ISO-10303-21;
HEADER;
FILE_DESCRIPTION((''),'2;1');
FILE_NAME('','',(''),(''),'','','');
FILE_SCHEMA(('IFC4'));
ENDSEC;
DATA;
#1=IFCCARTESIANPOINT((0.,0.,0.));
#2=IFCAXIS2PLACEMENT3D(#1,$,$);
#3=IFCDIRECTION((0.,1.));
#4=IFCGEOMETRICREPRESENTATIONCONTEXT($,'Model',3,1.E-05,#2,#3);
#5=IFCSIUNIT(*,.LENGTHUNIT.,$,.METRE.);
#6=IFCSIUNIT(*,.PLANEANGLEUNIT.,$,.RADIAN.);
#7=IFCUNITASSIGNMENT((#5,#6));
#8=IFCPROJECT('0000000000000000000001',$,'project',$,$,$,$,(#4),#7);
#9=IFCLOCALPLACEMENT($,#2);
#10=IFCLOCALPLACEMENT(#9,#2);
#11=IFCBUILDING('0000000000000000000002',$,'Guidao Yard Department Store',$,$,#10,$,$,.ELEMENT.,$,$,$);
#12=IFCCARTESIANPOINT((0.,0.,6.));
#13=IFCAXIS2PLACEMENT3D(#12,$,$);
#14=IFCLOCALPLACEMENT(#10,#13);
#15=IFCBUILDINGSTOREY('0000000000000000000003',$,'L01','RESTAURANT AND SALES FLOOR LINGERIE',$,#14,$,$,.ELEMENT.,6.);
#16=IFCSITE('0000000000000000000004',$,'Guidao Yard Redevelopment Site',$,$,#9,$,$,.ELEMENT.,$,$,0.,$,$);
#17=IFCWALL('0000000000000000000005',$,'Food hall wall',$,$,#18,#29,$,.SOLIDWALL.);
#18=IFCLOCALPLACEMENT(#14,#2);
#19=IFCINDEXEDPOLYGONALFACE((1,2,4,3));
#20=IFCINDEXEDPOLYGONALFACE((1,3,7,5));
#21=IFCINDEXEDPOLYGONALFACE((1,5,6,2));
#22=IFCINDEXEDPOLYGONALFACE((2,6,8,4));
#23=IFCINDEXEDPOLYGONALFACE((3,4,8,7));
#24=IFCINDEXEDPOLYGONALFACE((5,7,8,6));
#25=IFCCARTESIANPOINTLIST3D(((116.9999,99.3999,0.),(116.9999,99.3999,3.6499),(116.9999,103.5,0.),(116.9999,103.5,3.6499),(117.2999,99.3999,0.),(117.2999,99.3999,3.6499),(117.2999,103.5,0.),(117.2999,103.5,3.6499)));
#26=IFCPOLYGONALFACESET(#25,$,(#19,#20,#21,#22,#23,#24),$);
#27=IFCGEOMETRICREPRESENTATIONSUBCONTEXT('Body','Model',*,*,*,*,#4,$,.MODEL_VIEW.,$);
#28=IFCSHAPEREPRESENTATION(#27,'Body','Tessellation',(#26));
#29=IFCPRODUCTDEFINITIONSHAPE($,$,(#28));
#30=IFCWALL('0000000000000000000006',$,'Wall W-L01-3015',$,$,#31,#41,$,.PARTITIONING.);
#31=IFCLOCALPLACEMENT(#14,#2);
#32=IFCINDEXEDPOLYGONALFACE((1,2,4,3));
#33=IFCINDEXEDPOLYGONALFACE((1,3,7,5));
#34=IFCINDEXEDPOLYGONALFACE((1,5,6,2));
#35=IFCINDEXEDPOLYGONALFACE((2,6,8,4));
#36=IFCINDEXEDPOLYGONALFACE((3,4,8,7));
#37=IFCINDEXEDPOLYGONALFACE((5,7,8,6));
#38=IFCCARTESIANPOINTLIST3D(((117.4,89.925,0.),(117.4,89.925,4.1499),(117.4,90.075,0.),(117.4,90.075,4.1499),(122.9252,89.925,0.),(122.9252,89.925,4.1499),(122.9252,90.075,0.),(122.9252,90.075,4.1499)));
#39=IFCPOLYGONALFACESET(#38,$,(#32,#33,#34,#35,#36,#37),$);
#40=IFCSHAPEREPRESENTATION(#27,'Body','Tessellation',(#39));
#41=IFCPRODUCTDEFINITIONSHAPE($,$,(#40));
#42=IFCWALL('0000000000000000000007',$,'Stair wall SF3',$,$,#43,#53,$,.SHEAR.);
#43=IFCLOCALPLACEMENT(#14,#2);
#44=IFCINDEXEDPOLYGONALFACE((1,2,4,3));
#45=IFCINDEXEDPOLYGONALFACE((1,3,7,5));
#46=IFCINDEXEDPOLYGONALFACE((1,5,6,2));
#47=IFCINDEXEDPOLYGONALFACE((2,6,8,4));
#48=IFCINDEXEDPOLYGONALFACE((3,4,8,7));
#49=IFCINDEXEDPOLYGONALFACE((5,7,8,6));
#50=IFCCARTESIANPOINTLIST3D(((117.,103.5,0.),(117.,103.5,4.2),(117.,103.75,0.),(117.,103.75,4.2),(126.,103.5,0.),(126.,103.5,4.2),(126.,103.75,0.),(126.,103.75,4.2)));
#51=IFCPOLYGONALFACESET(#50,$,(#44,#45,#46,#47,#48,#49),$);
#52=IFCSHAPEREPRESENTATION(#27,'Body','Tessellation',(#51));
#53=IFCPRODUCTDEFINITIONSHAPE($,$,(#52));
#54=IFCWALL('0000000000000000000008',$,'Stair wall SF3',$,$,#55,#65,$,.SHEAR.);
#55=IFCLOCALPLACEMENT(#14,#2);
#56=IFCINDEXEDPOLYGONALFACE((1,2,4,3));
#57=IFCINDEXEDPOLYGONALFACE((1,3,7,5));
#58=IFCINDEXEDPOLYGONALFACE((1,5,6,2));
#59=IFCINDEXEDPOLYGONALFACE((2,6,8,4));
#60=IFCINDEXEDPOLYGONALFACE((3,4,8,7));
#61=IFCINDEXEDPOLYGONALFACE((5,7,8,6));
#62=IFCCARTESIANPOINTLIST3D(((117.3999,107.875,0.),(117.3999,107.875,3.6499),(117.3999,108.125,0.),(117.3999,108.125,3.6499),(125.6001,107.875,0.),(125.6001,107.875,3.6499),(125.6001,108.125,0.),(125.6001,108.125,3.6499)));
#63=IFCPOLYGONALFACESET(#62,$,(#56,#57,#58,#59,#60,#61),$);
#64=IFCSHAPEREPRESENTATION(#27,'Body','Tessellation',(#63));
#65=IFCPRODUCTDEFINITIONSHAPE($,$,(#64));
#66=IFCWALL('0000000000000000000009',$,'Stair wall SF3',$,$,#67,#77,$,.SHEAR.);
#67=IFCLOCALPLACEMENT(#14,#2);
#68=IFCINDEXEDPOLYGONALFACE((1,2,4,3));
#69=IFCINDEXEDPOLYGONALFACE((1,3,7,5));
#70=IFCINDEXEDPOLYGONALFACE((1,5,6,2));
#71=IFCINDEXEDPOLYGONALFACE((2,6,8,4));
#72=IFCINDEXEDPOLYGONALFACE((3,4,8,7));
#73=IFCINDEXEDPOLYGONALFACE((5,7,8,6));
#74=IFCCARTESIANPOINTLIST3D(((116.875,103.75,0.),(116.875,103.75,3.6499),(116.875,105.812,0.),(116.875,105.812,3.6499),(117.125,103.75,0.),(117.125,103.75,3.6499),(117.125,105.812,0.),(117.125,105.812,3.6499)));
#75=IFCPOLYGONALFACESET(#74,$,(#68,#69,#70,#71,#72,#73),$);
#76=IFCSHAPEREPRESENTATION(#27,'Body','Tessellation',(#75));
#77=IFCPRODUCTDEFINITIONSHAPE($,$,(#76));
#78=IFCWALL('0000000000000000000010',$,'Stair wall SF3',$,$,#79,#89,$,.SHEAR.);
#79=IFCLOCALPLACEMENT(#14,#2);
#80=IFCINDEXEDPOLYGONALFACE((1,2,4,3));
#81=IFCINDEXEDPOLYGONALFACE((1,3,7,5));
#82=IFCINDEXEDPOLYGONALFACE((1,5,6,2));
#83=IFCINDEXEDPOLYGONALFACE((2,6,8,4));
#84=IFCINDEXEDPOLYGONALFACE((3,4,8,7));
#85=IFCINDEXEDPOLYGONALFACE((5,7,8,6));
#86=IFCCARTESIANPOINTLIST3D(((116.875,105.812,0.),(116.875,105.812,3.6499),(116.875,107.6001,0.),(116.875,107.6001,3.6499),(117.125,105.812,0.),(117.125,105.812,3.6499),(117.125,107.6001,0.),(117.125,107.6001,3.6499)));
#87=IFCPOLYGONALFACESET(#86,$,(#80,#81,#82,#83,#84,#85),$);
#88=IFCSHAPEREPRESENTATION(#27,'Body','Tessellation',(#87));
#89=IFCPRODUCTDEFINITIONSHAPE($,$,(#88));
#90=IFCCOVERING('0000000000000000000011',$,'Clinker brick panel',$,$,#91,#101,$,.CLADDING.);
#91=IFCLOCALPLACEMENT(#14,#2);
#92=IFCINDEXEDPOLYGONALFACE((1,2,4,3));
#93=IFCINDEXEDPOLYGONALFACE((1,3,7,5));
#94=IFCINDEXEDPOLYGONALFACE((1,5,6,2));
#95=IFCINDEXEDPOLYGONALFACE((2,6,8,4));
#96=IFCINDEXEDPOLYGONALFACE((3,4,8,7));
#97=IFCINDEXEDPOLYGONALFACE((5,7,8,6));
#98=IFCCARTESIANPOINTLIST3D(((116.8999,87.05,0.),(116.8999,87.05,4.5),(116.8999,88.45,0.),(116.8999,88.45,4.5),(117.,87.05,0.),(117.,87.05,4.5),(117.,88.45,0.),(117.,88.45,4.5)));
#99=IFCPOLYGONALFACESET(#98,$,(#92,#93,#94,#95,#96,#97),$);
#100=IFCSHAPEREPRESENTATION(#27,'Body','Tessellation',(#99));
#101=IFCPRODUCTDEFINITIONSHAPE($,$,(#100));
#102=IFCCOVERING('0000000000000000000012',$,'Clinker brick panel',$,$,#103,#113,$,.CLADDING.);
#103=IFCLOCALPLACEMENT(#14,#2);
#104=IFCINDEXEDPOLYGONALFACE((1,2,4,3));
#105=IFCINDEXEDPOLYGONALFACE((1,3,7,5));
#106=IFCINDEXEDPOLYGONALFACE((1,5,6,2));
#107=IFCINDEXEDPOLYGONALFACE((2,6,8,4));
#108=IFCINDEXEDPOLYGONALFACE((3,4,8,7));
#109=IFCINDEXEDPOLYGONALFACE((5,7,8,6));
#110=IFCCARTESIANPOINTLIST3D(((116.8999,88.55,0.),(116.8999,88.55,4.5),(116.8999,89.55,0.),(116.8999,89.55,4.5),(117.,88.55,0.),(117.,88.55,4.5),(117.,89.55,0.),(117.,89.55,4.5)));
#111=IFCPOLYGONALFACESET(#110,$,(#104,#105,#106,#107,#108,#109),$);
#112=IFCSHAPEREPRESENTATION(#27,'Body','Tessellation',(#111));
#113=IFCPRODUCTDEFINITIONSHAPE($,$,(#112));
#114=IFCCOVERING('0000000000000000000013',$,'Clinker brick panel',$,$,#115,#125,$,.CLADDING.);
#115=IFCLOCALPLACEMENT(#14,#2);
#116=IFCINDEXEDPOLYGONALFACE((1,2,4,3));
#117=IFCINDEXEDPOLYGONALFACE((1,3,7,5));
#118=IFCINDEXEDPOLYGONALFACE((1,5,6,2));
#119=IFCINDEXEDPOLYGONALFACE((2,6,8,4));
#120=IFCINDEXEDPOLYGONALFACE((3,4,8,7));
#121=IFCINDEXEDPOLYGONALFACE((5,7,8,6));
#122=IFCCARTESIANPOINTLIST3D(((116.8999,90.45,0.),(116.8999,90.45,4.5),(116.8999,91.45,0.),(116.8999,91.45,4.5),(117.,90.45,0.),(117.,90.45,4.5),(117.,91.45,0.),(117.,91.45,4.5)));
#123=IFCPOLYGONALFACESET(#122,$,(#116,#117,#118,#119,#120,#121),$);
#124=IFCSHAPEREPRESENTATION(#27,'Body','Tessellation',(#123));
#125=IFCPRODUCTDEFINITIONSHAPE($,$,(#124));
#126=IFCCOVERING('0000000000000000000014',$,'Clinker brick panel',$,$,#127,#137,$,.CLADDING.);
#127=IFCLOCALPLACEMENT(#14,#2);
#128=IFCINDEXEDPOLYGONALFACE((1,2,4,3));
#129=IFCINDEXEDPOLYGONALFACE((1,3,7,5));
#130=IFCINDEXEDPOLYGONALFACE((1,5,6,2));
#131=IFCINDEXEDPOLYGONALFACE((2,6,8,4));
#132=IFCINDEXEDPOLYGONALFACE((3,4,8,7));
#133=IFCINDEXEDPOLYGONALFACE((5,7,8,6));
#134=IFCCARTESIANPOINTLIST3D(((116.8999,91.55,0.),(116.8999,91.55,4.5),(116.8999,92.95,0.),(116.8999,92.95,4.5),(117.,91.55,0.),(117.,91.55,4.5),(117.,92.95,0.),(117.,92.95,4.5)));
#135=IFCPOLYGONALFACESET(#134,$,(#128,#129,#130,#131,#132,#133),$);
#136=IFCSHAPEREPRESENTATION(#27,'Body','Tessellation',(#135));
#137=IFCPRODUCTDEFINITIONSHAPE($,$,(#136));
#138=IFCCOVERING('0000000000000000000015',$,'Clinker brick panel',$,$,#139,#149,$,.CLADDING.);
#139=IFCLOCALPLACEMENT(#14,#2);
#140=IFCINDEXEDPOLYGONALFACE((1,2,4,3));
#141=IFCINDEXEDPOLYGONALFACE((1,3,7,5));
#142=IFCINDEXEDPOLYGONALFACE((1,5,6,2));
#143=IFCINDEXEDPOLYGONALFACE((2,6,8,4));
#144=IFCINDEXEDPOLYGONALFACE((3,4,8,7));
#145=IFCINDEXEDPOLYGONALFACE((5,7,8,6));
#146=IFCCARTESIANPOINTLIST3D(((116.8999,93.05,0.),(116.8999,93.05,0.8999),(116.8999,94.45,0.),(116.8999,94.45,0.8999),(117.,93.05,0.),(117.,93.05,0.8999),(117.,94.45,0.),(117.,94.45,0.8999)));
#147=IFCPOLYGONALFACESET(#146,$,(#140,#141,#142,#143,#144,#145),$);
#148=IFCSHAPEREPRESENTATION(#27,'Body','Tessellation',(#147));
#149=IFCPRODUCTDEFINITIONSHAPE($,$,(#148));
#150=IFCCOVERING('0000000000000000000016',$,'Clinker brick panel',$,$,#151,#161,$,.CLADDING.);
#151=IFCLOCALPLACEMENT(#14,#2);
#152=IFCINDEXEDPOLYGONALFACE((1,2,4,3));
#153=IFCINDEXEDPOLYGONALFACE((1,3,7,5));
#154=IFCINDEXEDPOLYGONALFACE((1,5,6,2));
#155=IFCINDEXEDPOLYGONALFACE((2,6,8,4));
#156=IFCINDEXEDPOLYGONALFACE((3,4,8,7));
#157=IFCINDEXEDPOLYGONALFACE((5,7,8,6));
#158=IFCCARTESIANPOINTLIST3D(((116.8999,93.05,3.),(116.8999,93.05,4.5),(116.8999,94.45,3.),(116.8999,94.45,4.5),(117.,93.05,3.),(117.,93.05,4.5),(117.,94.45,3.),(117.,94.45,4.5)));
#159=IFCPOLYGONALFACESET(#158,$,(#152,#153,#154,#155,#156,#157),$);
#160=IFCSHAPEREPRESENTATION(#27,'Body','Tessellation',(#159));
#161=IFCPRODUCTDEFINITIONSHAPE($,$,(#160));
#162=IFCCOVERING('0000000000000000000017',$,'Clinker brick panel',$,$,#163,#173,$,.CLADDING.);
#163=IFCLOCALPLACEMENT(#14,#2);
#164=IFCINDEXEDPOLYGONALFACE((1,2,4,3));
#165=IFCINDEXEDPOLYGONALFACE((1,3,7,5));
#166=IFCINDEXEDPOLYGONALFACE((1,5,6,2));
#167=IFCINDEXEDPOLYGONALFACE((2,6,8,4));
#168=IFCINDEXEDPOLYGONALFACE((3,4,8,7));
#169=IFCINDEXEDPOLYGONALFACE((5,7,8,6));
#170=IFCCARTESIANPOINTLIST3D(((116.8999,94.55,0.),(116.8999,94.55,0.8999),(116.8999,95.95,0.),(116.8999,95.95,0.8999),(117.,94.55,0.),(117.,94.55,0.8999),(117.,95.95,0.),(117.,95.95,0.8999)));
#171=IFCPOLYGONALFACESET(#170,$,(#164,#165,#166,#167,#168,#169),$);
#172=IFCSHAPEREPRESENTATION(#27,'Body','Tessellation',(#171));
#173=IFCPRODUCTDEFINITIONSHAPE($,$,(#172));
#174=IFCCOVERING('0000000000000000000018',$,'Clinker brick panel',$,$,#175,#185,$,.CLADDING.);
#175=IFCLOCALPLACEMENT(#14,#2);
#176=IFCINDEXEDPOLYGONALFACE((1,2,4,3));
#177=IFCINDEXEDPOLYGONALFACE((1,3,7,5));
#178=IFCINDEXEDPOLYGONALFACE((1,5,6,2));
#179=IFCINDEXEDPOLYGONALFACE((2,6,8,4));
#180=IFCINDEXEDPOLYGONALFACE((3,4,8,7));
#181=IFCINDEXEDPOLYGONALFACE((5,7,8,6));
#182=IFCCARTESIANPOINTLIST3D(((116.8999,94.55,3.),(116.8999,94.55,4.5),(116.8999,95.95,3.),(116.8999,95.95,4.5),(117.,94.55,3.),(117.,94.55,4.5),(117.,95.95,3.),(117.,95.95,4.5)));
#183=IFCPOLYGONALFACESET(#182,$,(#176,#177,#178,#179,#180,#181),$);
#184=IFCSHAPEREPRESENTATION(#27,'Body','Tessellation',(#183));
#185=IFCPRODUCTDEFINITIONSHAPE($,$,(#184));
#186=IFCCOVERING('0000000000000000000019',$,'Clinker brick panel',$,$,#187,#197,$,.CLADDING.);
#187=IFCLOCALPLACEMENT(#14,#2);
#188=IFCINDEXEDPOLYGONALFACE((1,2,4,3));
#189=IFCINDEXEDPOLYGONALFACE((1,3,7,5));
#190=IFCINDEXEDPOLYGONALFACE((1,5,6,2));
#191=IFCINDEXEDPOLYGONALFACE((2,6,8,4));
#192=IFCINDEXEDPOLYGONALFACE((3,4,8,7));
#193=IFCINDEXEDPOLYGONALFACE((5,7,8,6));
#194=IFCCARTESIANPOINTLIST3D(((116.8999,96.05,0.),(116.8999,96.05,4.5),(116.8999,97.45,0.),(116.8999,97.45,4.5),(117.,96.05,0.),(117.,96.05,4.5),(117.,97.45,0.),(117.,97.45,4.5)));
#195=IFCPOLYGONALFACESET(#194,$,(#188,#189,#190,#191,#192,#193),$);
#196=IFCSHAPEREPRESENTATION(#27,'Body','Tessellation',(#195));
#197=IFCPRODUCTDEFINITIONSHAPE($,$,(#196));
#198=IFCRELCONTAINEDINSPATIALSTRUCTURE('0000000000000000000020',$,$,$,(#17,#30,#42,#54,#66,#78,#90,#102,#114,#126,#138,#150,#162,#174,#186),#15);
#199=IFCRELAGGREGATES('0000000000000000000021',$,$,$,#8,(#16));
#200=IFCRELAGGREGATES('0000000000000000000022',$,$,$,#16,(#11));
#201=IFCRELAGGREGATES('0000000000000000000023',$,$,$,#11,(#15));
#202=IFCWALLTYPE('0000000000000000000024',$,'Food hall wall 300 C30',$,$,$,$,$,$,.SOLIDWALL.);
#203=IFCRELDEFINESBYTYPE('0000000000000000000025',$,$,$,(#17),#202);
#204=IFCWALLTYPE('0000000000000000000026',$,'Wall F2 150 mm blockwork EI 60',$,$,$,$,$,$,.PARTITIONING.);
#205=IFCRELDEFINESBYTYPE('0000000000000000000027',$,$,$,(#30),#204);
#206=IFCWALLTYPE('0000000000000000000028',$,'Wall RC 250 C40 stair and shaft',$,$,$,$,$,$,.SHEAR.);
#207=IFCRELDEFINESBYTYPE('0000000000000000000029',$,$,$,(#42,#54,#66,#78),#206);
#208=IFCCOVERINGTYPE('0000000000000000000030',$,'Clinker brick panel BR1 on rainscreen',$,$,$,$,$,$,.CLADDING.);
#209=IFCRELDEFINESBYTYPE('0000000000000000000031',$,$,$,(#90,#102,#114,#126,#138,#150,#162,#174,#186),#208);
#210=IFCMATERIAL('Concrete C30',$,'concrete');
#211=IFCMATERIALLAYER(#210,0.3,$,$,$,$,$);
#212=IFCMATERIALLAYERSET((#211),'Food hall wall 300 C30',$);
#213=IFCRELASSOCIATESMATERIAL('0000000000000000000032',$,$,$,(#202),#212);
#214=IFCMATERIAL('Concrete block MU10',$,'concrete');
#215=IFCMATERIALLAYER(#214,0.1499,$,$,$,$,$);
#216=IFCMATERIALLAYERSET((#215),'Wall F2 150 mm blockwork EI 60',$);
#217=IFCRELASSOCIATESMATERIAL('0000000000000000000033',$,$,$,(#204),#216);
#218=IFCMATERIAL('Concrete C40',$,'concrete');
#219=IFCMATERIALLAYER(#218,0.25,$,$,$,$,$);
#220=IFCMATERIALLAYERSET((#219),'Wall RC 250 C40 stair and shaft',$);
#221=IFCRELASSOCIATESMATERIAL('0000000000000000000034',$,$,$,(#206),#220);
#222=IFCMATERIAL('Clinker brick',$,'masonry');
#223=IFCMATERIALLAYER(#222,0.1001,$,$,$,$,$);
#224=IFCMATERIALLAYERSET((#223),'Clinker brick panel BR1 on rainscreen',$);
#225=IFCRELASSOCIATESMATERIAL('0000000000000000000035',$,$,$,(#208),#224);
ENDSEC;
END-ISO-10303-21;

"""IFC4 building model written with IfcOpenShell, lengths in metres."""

from ifc_helpers import new_model, si_unit, direction, frame, frame_2d, origin, origin_2d, place, context, subcontext, project, spatial, rectangle, extrude, material, layer, layer_set, type_object, element, save


model = new_model("IFC4")

# Units and contexts
model_context = context("Model", 3, precision=1e-05, world=origin(), true_north=direction((0.0, 1.0)))
body_context = subcontext(model_context, "Body", "Model", "MODEL_VIEW")
ifc_project = project(units=[si_unit("LENGTHUNIT", "METRE"), si_unit("PLANEANGLEUNIT", "RADIAN")], contexts=[model_context])

# Site, building, storey
site_placement = place(None, origin())
site = spatial("IfcSite", under=ifc_project, at=site_placement, Name="Guidao Yard Redevelopment Site", CompositionType="ELEMENT", RefElevation=0.0)
building_placement = place(site_placement, origin())
building = spatial("IfcBuilding", under=site, at=building_placement, Name="Guidao Yard Department Store", CompositionType="ELEMENT")
storey_placement = place(building_placement, frame((0.0, 0.0, 6.0)))
storey = spatial("IfcBuildingStorey", under=building, at=storey_placement, Name="L01", Description="RESTAURANT AND SALES FLOOR LINGERIE", CompositionType="ELEMENT", Elevation=6.0)

# Shared definitions
ifc_material_1 = material(Name="Concrete C30", Category="concrete")
ifc_layer_1 = layer(ifc_material_1, 0.3)
ifc_layer_set_1 = layer_set([ifc_layer_1], Name="Food hall wall 300 C30")
wall_type_1 = type_object("IfcWallType", Name="Food hall wall 300 C30", PredefinedType="SOLIDWALL", material=ifc_layer_set_1)

# Walls
wall_1_placement = place(storey_placement, frame((117.1499, 99.3999, 0.0), z_axis=(0.0, 0.0, 1.0), x_axis=(0.0, 1.0, 0.0)))
element("IfcWall", 1, at=wall_1_placement, inside=storey, type_object=wall_type_1, Name="Food hall wall", PredefinedType="SOLIDWALL", context=body_context, shape_type="SweptSolid", body=[
    extrude(rectangle(XDim=4.1001, YDim=0.3, at=frame_2d((2.05, 0.0))), origin(), (0.0, 0.0, 1.0), 3.6499),
])
ifc_material_2 = material(Name="Concrete block MU10", Category="concrete")
ifc_layer_2 = layer(ifc_material_2, 0.1499)
ifc_layer_set_2 = layer_set([ifc_layer_2], Name="Wall F2 150 mm blockwork EI 60")
wall_type_2 = type_object("IfcWallType", Name="Wall F2 150 mm blockwork EI 60", PredefinedType="PARTITIONING", material=ifc_layer_set_2)
wall_2_placement = place(storey_placement, frame((117.3999, 90.0, 0.0), z_axis=(0.0, 0.0, 1.0), x_axis=(1.0, 0.0, 0.0)))
element("IfcWall", 2, at=wall_2_placement, inside=storey, type_object=wall_type_2, Name="Wall W-L01-3015", PredefinedType="PARTITIONING", context=body_context, shape_type="SweptSolid", body=[
    extrude(rectangle(XDim=5.5251, YDim=0.1499, at=frame_2d((2.7627, 0.0))), origin(), (0.0, 0.0, 1.0), 4.1499),
])
ifc_material_3 = material(Name="Concrete C40", Category="concrete")
ifc_layer_3 = layer(ifc_material_3, 0.25)
ifc_layer_set_3 = layer_set([ifc_layer_3], Name="Wall RC 250 C40 stair and shaft")
wall_type_3 = type_object("IfcWallType", Name="Wall RC 250 C40 stair and shaft", PredefinedType="SHEAR", material=ifc_layer_set_3)
wall_3_placement = place(storey_placement, frame((117.0, 103.625, 0.0), z_axis=(0.0, 0.0, 1.0), x_axis=(1.0, 0.0, 0.0)))
element("IfcWall", 3, at=wall_3_placement, inside=storey, type_object=wall_type_3, Name="Stair wall SF3", PredefinedType="SHEAR", context=body_context, shape_type="SweptSolid", body=[
    extrude(rectangle(XDim=9.0, YDim=0.25, at=frame_2d((4.5, 0.0))), origin(), (0.0, 0.0, 1.0), 4.2),
])
wall_4_placement = place(storey_placement, frame((117.3999, 108.0, 0.0), z_axis=(0.0, 0.0, 1.0), x_axis=(1.0, 0.0, 0.0)))
element("IfcWall", 4, at=wall_4_placement, inside=storey, type_object=wall_type_3, Name="Stair wall SF3", PredefinedType="SHEAR", context=body_context, shape_type="SweptSolid", body=[
    extrude(rectangle(XDim=8.2002, YDim=0.25, at=frame_2d((4.1001, 0.0))), origin(), (0.0, 0.0, 1.0), 3.6499),
])
wall_5_placement = place(storey_placement, frame((117.0, 103.75, 0.0), z_axis=(0.0, 0.0, 1.0), x_axis=(0.0, 1.0, 0.0)))
element("IfcWall", 5, at=wall_5_placement, inside=storey, type_object=wall_type_3, Name="Stair wall SF3", PredefinedType="SHEAR", context=body_context, shape_type="SweptSolid", body=[
    extrude(rectangle(XDim=2.062, YDim=0.25, at=frame_2d((1.031, 0.0))), origin(), (0.0, 0.0, 1.0), 3.6499),
])
wall_6_placement = place(storey_placement, frame((117.0, 105.812, 0.0), z_axis=(0.0, 0.0, 1.0), x_axis=(0.0, 1.0, 0.0)))
element("IfcWall", 6, at=wall_6_placement, inside=storey, type_object=wall_type_3, Name="Stair wall SF3", PredefinedType="SHEAR", context=body_context, shape_type="SweptSolid", body=[
    extrude(rectangle(XDim=1.7881, YDim=0.25, at=frame_2d((0.894, 0.0))), origin(), (0.0, 0.0, 1.0), 3.6499),
])

# Coverings
ifc_material_4 = material(Name="Clinker brick", Category="masonry")
ifc_layer_4 = layer(ifc_material_4, 0.1001)
ifc_layer_set_4 = layer_set([ifc_layer_4], Name="Clinker brick panel BR1 on rainscreen")
covering_type = type_object("IfcCoveringType", Name="Clinker brick panel BR1 on rainscreen", PredefinedType="CLADDING", material=ifc_layer_set_4)
covering_1_placement = place(storey_placement, frame((116.95, 87.75, 0.0), z_axis=(0.0, 0.0, 1.0), x_axis=(0.0, 1.0, 0.0)))
element("IfcCovering", 7, at=covering_1_placement, inside=storey, type_object=covering_type, Name="Clinker brick panel", PredefinedType="CLADDING", context=body_context, shape_type="SweptSolid", body=[
    extrude(rectangle(XDim=1.3999, YDim=0.1001, at=origin_2d()), origin(), (0.0, 0.0, 1.0), 4.5),
])
for number, where, z_axis, x_axis, name in (
    (8, (116.95, 89.05, 0.0), (0.0, 0.0, 1.0), (0.0, 1.0, 0.0), "Clinker brick panel"),
    (9, (116.95, 90.95, 0.0), (0.0, 0.0, 1.0), (0.0, 1.0, 0.0), "Clinker brick panel"),
):
    element("IfcCovering", number, at=place(storey_placement, frame(where, z_axis=z_axis, x_axis=x_axis)), inside=storey, type_object=covering_type, Name=name, PredefinedType="CLADDING", context=body_context, shape_type="SweptSolid", body=[
        extrude(rectangle(XDim=1.0, YDim=0.1001, at=origin_2d()), origin(), (0.0, 0.0, 1.0), 4.5),
    ])
covering_2_placement = place(storey_placement, frame((116.95, 92.25, 0.0), z_axis=(0.0, 0.0, 1.0), x_axis=(0.0, 1.0, 0.0)))
element("IfcCovering", 10, at=covering_2_placement, inside=storey, type_object=covering_type, Name="Clinker brick panel", PredefinedType="CLADDING", context=body_context, shape_type="SweptSolid", body=[
    extrude(rectangle(XDim=1.3999, YDim=0.1001, at=origin_2d()), origin(), (0.0, 0.0, 1.0), 4.5),
])
covering_3_placement = place(storey_placement, frame((116.95, 93.75, 0.0), z_axis=(0.0, 0.0, 1.0), x_axis=(0.0, 1.0, 0.0)))
element("IfcCovering", 11, at=covering_3_placement, inside=storey, type_object=covering_type, Name="Clinker brick panel", PredefinedType="CLADDING", context=body_context, shape_type="SweptSolid", body=[
    extrude(rectangle(XDim=1.3999, YDim=0.1001, at=origin_2d()), origin(), (0.0, 0.0, 1.0), 0.8999),
])
covering_4_placement = place(storey_placement, frame((116.95, 93.75, 3.0), z_axis=(0.0, 0.0, 1.0), x_axis=(0.0, 1.0, 0.0)))
element("IfcCovering", 12, at=covering_4_placement, inside=storey, type_object=covering_type, Name="Clinker brick panel", PredefinedType="CLADDING", context=body_context, shape_type="SweptSolid", body=[
    extrude(rectangle(XDim=1.3999, YDim=0.1001, at=origin_2d()), origin(), (0.0, 0.0, 1.0), 1.5),
])
covering_5_placement = place(storey_placement, frame((116.95, 95.25, 0.0), z_axis=(0.0, 0.0, 1.0), x_axis=(0.0, 1.0, 0.0)))
element("IfcCovering", 13, at=covering_5_placement, inside=storey, type_object=covering_type, Name="Clinker brick panel", PredefinedType="CLADDING", context=body_context, shape_type="SweptSolid", body=[
    extrude(rectangle(XDim=1.3999, YDim=0.1001, at=origin_2d()), origin(), (0.0, 0.0, 1.0), 0.8999),
])
covering_6_placement = place(storey_placement, frame((116.95, 95.25, 3.0), z_axis=(0.0, 0.0, 1.0), x_axis=(0.0, 1.0, 0.0)))
element("IfcCovering", 14, at=covering_6_placement, inside=storey, type_object=covering_type, Name="Clinker brick panel", PredefinedType="CLADDING", context=body_context, shape_type="SweptSolid", body=[
    extrude(rectangle(XDim=1.3999, YDim=0.1001, at=origin_2d()), origin(), (0.0, 0.0, 1.0), 1.5),
])
covering_7_placement = place(storey_placement, frame((116.95, 96.75, 0.0), z_axis=(0.0, 0.0, 1.0), x_axis=(0.0, 1.0, 0.0)))
element("IfcCovering", 15, at=covering_7_placement, inside=storey, type_object=covering_type, Name="Clinker brick panel", PredefinedType="CLADDING", context=body_context, shape_type="SweptSolid", body=[
    extrude(rectangle(XDim=1.3999, YDim=0.1001, at=origin_2d()), origin(), (0.0, 0.0, 1.0), 4.5),
])

save(model, "model.ifc")
